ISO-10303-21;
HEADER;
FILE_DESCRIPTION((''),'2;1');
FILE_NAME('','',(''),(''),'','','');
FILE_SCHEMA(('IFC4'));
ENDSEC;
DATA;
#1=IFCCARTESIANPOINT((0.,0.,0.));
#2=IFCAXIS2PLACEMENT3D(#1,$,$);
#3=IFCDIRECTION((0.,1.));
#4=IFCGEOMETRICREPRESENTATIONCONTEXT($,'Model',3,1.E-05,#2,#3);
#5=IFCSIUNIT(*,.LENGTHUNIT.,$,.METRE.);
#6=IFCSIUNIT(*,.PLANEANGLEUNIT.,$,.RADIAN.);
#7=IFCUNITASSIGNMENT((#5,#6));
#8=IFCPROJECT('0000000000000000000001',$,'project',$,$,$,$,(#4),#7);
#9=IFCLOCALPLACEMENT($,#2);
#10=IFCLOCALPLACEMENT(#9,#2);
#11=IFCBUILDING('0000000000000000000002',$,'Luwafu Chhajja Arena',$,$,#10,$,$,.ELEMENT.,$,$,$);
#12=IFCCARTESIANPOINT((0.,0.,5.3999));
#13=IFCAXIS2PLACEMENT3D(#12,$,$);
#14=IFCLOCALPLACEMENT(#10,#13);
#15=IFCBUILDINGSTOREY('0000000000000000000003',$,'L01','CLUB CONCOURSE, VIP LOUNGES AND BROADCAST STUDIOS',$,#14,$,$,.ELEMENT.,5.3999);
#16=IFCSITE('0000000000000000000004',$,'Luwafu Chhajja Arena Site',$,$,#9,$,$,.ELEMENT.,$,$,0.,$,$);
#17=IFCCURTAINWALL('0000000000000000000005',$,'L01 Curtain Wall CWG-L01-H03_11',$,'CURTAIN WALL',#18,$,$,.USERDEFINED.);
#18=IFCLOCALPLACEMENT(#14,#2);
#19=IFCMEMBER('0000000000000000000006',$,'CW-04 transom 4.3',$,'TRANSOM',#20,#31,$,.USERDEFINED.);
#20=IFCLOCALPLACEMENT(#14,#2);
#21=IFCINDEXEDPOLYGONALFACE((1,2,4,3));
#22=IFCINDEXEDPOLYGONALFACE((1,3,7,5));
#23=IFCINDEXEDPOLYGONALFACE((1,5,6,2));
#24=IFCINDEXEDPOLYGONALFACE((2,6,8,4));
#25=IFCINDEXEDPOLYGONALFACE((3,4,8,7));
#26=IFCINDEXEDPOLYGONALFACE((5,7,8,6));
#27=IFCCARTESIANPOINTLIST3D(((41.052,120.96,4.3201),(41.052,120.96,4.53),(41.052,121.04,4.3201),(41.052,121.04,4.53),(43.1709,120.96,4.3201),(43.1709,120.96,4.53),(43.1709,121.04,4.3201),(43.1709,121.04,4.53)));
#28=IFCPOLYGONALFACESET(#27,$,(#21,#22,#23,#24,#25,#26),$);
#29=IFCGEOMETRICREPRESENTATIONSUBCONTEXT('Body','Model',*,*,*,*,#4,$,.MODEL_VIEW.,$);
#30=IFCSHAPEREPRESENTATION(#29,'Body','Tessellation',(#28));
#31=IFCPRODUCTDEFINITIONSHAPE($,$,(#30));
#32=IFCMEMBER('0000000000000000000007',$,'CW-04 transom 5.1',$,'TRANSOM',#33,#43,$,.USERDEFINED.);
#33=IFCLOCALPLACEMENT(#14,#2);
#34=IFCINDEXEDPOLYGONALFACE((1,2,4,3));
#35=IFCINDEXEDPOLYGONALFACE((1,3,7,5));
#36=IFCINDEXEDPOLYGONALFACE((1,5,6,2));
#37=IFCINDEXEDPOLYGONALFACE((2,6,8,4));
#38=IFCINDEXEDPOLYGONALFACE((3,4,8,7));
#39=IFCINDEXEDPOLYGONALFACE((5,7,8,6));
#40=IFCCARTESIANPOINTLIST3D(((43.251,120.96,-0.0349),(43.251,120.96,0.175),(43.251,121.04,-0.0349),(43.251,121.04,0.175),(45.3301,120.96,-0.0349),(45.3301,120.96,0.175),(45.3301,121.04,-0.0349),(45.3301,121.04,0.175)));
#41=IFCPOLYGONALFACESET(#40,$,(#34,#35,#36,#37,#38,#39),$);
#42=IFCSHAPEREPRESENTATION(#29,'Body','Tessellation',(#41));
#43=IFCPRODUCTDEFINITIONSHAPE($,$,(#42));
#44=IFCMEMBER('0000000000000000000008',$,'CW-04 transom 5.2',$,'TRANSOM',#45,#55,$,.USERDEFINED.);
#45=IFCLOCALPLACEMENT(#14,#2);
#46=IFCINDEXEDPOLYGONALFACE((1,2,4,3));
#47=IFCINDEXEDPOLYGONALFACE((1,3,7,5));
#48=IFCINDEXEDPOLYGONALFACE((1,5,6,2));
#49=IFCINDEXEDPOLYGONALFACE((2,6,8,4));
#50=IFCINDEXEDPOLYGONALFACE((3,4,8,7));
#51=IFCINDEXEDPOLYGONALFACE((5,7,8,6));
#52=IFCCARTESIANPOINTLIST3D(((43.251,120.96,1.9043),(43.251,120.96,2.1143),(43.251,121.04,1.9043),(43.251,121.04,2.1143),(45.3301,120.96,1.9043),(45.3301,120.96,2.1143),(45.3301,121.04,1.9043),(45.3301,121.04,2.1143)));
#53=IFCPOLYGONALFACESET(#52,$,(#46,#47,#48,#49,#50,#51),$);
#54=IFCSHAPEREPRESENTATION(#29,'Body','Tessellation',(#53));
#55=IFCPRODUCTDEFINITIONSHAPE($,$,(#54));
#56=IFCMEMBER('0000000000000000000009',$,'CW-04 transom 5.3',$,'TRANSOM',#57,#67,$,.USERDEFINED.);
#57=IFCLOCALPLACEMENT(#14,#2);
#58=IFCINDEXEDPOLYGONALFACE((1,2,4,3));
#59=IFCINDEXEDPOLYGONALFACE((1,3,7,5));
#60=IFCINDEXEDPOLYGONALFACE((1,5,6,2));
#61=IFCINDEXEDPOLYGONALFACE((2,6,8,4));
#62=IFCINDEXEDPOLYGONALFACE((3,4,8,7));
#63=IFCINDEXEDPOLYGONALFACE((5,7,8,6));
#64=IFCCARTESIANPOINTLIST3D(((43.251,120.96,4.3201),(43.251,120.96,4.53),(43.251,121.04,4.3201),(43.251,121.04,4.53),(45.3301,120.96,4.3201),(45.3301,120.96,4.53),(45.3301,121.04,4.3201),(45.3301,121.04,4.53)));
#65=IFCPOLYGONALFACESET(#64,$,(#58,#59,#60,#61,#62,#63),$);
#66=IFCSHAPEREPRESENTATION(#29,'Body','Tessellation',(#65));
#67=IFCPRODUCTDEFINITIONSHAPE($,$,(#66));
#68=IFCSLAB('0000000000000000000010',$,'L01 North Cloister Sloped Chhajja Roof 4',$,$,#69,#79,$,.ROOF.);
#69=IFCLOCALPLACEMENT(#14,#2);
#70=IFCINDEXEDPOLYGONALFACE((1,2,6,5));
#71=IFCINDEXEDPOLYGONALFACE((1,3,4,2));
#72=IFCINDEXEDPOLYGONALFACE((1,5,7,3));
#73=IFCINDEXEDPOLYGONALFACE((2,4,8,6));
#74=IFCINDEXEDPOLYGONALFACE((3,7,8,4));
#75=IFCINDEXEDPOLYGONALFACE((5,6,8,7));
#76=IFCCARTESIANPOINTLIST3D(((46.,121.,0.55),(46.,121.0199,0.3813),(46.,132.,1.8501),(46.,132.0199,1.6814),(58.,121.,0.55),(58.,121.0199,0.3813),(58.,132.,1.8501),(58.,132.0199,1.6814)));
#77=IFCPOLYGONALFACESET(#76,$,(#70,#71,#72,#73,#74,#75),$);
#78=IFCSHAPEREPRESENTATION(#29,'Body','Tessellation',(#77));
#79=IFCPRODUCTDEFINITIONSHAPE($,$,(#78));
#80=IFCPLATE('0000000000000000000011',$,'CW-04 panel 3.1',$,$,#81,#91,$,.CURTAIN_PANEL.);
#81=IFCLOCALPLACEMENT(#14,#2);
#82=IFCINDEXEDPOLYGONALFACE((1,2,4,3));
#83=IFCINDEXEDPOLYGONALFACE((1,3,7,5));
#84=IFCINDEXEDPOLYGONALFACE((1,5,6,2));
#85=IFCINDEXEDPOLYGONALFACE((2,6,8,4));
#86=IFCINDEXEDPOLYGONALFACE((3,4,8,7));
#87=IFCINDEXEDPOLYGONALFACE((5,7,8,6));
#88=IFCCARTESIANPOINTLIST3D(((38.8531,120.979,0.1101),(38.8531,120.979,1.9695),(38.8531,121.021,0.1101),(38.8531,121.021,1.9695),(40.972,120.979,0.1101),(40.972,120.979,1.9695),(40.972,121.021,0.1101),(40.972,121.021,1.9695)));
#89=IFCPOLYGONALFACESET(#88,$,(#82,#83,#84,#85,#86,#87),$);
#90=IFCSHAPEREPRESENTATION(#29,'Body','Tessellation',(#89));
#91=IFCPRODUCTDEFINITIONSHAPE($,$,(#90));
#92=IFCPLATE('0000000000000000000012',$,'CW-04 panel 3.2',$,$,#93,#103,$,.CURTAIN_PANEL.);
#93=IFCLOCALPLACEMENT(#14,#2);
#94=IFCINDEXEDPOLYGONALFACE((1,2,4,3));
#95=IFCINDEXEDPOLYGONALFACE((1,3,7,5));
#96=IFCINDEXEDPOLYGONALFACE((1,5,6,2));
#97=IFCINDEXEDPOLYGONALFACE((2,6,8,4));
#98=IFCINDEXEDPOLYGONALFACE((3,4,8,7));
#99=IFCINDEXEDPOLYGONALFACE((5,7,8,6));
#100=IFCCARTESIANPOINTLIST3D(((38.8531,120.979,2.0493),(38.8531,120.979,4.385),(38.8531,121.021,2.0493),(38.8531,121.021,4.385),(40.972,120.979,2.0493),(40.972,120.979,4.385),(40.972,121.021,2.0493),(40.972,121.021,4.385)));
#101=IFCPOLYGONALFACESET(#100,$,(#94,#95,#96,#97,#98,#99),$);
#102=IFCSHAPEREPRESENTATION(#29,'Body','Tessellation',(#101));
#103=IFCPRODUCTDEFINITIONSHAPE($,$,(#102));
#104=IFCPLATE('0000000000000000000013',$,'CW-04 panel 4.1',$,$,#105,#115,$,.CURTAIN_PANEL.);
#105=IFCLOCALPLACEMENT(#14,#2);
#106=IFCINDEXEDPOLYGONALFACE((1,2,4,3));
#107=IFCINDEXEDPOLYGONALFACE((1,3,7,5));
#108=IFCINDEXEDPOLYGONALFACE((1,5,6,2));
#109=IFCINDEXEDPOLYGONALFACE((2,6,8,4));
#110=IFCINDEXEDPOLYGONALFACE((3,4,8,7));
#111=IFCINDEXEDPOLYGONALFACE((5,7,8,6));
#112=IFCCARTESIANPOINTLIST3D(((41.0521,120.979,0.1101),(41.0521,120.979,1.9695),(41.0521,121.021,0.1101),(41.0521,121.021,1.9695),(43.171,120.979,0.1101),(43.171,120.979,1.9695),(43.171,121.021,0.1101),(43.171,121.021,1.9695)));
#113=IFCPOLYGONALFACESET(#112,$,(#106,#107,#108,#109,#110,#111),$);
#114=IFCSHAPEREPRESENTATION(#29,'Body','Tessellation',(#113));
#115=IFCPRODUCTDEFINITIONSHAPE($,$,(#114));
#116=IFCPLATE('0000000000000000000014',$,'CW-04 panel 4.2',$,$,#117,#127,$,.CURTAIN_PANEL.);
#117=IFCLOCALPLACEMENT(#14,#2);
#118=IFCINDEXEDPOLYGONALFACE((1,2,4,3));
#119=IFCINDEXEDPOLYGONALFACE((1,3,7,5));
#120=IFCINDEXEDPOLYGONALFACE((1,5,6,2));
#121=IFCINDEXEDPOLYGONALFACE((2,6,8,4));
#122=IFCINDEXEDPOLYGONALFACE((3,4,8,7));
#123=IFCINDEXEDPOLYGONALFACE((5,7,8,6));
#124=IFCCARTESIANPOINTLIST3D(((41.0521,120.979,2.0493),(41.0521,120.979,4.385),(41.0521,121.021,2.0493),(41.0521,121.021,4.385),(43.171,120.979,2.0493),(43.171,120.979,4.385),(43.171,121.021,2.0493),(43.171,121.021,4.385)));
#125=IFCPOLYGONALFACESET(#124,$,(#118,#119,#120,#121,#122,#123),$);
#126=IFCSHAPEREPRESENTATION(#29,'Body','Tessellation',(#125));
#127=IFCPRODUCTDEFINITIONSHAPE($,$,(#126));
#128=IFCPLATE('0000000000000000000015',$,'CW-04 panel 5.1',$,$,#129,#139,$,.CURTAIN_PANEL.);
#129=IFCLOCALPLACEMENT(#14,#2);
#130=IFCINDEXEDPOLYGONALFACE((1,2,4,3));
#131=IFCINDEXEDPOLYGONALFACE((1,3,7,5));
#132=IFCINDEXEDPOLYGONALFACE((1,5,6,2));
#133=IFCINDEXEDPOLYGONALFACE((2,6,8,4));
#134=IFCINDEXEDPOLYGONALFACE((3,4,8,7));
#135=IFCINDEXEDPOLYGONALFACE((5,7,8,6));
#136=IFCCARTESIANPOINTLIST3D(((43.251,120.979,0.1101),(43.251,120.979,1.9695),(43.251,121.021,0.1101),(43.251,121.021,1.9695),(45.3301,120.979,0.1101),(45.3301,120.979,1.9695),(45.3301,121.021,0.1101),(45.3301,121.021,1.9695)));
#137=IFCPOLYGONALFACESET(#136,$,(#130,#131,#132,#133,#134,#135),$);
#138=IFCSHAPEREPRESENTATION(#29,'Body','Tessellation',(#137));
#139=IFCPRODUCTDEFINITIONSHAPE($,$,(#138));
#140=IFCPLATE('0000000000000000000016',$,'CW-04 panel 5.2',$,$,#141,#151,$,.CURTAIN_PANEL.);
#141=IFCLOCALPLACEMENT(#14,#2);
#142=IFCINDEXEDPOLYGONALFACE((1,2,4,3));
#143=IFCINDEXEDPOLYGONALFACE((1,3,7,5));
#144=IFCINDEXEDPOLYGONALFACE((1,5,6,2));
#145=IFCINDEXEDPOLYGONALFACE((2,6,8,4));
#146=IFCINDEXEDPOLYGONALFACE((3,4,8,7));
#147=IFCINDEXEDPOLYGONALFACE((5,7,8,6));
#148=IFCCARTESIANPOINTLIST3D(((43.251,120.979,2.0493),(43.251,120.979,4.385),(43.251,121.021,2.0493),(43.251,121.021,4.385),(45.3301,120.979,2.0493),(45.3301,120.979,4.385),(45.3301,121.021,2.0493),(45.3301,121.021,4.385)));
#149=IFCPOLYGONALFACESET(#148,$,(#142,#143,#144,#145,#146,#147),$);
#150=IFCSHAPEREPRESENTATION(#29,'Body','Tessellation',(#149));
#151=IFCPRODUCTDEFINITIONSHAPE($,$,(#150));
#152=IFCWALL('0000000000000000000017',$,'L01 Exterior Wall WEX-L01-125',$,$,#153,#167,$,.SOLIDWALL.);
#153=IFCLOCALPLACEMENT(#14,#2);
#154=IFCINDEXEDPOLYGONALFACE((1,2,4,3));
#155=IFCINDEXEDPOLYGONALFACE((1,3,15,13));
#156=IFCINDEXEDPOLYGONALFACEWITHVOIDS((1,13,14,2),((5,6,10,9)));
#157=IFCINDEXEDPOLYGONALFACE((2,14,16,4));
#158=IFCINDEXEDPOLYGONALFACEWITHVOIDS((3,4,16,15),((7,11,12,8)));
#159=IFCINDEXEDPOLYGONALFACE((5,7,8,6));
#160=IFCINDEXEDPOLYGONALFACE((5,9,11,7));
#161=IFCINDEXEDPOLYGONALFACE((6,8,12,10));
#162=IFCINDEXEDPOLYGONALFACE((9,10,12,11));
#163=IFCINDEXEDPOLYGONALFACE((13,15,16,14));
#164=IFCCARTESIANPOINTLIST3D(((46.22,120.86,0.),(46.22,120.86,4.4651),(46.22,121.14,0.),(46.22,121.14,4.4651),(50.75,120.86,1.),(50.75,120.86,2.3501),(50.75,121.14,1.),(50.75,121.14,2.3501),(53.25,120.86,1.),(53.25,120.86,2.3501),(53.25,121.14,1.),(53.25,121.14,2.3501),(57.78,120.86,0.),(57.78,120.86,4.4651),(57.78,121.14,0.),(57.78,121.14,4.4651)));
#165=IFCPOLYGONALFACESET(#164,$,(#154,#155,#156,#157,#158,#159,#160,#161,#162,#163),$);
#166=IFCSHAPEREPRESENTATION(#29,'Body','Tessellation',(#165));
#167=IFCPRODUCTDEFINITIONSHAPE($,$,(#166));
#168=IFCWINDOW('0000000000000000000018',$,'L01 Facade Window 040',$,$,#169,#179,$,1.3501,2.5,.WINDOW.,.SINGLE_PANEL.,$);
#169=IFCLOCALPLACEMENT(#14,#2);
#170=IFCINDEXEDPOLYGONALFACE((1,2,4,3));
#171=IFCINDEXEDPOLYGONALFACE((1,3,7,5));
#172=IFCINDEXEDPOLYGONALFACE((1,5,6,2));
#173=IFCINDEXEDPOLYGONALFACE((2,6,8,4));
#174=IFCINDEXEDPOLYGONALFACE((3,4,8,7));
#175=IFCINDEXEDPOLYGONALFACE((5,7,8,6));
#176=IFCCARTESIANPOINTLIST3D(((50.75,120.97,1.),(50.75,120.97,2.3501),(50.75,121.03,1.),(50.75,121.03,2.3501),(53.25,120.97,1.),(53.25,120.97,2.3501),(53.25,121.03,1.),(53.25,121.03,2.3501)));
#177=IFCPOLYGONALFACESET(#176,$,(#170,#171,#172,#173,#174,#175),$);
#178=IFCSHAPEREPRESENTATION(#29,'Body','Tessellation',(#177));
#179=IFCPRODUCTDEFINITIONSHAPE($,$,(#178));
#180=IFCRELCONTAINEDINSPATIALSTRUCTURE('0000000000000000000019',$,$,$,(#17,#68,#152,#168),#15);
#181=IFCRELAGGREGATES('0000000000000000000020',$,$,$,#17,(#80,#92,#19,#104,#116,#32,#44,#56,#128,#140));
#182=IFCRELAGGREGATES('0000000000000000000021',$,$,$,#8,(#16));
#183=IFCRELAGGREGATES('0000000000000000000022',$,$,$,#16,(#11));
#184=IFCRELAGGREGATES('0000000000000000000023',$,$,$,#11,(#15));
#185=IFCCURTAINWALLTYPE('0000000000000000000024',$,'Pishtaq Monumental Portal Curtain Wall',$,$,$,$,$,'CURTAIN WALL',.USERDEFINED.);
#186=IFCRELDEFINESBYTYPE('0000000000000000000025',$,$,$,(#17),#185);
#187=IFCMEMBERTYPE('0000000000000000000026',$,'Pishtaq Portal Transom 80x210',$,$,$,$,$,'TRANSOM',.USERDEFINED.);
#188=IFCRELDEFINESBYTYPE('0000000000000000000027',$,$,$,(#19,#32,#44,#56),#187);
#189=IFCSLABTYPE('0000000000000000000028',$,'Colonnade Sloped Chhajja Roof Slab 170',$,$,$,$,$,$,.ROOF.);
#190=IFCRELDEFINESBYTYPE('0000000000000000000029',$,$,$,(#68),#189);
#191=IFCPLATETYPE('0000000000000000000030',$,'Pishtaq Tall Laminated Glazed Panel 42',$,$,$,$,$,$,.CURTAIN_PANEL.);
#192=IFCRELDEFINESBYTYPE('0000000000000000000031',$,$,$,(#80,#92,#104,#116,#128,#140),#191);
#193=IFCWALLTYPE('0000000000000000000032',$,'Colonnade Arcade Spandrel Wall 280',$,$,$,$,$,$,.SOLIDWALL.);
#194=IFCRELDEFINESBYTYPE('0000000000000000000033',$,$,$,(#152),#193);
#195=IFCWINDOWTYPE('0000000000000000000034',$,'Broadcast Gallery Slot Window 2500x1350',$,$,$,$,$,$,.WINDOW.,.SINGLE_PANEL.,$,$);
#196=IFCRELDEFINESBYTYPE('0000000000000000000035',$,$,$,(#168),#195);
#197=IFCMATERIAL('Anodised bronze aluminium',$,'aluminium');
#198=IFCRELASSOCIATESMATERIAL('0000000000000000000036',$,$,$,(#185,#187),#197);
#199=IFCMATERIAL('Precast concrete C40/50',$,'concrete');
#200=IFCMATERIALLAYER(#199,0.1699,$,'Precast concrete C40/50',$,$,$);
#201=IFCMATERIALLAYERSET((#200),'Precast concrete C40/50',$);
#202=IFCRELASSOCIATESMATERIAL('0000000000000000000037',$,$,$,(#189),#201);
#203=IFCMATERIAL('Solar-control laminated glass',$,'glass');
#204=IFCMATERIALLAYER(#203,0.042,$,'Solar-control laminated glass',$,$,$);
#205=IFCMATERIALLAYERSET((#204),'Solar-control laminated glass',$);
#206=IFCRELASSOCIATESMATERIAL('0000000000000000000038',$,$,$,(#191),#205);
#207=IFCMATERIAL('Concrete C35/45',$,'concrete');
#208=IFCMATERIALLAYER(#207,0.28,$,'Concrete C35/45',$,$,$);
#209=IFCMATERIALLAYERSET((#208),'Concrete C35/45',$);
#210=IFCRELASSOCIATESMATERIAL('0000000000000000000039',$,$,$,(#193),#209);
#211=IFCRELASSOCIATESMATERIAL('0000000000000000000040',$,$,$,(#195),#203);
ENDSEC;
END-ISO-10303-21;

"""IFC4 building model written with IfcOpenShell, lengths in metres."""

from ifc_helpers import new_model, si_unit, direction, frame, frame_2d, origin, origin_2d, place, context, subcontext, project, spatial, polyline, rectangle, outline, extrude, material, layer, layer_set, material_profile, profile_set, type_object, element, fill, aggregate, save


model = new_model("IFC4")

# Units and contexts
model_context = context("Model", 3, precision=1e-05, world=origin(), true_north=direction((0.0, 1.0)))
body_context = subcontext(model_context, "Body", "Model", "MODEL_VIEW")
ifc_project = project(units=[si_unit("LENGTHUNIT", "METRE"), si_unit("PLANEANGLEUNIT", "RADIAN")], contexts=[model_context])

# Site, building, storey
site_placement = place(None, origin())
site = spatial("IfcSite", under=ifc_project, at=site_placement, Name="Luwafu Chhajja Arena Site", CompositionType="ELEMENT", RefElevation=0.0)
building_placement = place(site_placement, origin())
building = spatial("IfcBuilding", under=site, at=building_placement, Name="Luwafu Chhajja Arena", CompositionType="ELEMENT")
storey_placement = place(building_placement, frame((0.0, 0.0, 5.3999)))
storey = spatial("IfcBuildingStorey", under=building, at=storey_placement, Name="L01", Description="CLUB CONCOURSE, VIP LOUNGES AND BROADCAST STUDIOS", CompositionType="ELEMENT", Elevation=5.3999)

# Curtain wall, members
ifc_material_1 = material(Name="Anodised bronze aluminium", Category="aluminium")
curtain_wall_type = type_object("IfcCurtainWallType", Name="Pishtaq Monumental Portal Curtain Wall", ElementType="CURTAIN WALL", PredefinedType="USERDEFINED", material=ifc_material_1)
curtain_wall_placement = place(storey_placement, origin())
curtain_wall = element("IfcCurtainWall", 1, at=curtain_wall_placement, inside=storey, type_object=curtain_wall_type, Name="L01 Curtain Wall CWG-L01-H03_11", ObjectType="CURTAIN WALL", PredefinedType="USERDEFINED")
ifc_material_profile_1 = material_profile(ifc_material_1, rectangle(XDim=0.0801, YDim=0.21, at=origin_2d()), Name="CWT 80x210")
ifc_profile_set_1 = profile_set([ifc_material_profile_1], Name="Anodised bronze aluminium")
member_type_1 = type_object("IfcMemberType", Name="Pishtaq Portal Transom 80x210", ElementType="TRANSOM", PredefinedType="USERDEFINED", material=ifc_profile_set_1)
member_1_placement = place(storey_placement, frame((41.052, 121.0, 4.425), z_axis=(1.0, 0.0, 0.0), x_axis=(0.0, 1.0, 0.0)))
member_1 = element("IfcMember", 2, at=member_1_placement, type_object=member_type_1, Name="CW-04 transom 4.3", ObjectType="TRANSOM", PredefinedType="USERDEFINED", context=body_context, shape_type="SweptSolid", body=[
    extrude(rectangle(XDim=0.0801, YDim=0.21, at=origin_2d()), origin(), (0.0, 0.0, 1.0), 2.1189),
])
member_2_placement = place(storey_placement, frame((43.251, 121.0, 0.0701), z_axis=(1.0, 0.0, 0.0), x_axis=(0.0, 1.0, 0.0)))
member_2 = element("IfcMember", 3, at=member_2_placement, type_object=member_type_1, Name="CW-04 transom 5.1", ObjectType="TRANSOM", PredefinedType="USERDEFINED", context=body_context, shape_type="SweptSolid", body=[
    extrude(rectangle(XDim=0.0801, YDim=0.21, at=origin_2d()), origin(), (0.0, 0.0, 1.0), 2.0791),
])
member_3_placement = place(storey_placement, frame((43.251, 121.0, 2.0093), z_axis=(1.0, 0.0, 0.0), x_axis=(0.0, 1.0, 0.0)))
member_3 = element("IfcMember", 4, at=member_3_placement, type_object=member_type_1, Name="CW-04 transom 5.2", ObjectType="TRANSOM", PredefinedType="USERDEFINED", context=body_context, shape_type="SweptSolid", body=[
    extrude(rectangle(XDim=0.0801, YDim=0.21, at=origin_2d()), origin(), (0.0, 0.0, 1.0), 2.0791),
])
member_4_placement = place(storey_placement, frame((43.251, 121.0, 4.425), z_axis=(1.0, 0.0, 0.0), x_axis=(0.0, 1.0, 0.0)))
member_4 = element("IfcMember", 5, at=member_4_placement, type_object=member_type_1, Name="CW-04 transom 5.3", ObjectType="TRANSOM", PredefinedType="USERDEFINED", context=body_context, shape_type="SweptSolid", body=[
    extrude(rectangle(XDim=0.0801, YDim=0.21, at=origin_2d()), origin(), (0.0, 0.0, 1.0), 2.0791),
])

# Slab
ifc_material_2 = material(Name="Precast concrete C40/50", Category="concrete")
ifc_layer_1 = layer(ifc_material_2, 0.1699, Name="Precast concrete C40/50")
ifc_layer_set_1 = layer_set([ifc_layer_1], Name="Precast concrete C40/50")
slab_type = type_object("IfcSlabType", Name="Colonnade Sloped Chhajja Roof Slab 170", PredefinedType="ROOF", material=ifc_layer_set_1)
slab_placement = place(storey_placement, frame((46.0, 121.0, 0.55), z_axis=(0.0, -0.117369, 0.993088), x_axis=(0.0, 0.993088, 0.117369)))
element("IfcSlab", 6, at=slab_placement, inside=storey, type_object=slab_type, Name="L01 North Cloister Sloped Chhajja Roof 4", PredefinedType="ROOF", context=body_context, shape_type="SweptSolid", body=[
    extrude(outline(polyline([(0.0, 0.0), (11.0766, 0.0), (11.0766, -12.0), (0.0, -12.0), (0.0, 0.0)])), origin(), (0.0, 0.0, -1.0), 0.1699),
])

# Plates
ifc_material_3 = material(Name="Solar-control laminated glass", Category="glass")
ifc_layer_2 = layer(ifc_material_3, 0.042, Name="Solar-control laminated glass")
ifc_layer_set_2 = layer_set([ifc_layer_2], Name="Solar-control laminated glass")
plate_type = type_object("IfcPlateType", Name="Pishtaq Tall Laminated Glazed Panel 42", PredefinedType="CURTAIN_PANEL", material=ifc_layer_set_2)
plate_1_placement = place(storey_placement, frame((39.9126, 121.0, 0.1101), z_axis=(0.0, 0.0, 1.0), x_axis=(1.0, 0.0, 0.0)))
plate_1 = element("IfcPlate", 7, at=plate_1_placement, type_object=plate_type, Name="CW-04 panel 3.1", PredefinedType="CURTAIN_PANEL", context=body_context, shape_type="SweptSolid", body=[
    extrude(rectangle(XDim=2.1189, YDim=0.042, at=origin_2d()), origin(), (0.0, 0.0, 1.0), 1.8594),
])
plate_2_placement = place(storey_placement, frame((39.9126, 121.0, 2.0493), z_axis=(0.0, 0.0, 1.0), x_axis=(1.0, 0.0, 0.0)))
plate_2 = element("IfcPlate", 8, at=plate_2_placement, type_object=plate_type, Name="CW-04 panel 3.2", PredefinedType="CURTAIN_PANEL", context=body_context, shape_type="SweptSolid", body=[
    extrude(rectangle(XDim=2.1189, YDim=0.042, at=origin_2d()), origin(), (0.0, 0.0, 1.0), 2.3357),
])
plate_3_placement = place(storey_placement, frame((42.1116, 121.0, 0.1101), z_axis=(0.0, 0.0, 1.0), x_axis=(1.0, 0.0, 0.0)))
plate_3 = element("IfcPlate", 9, at=plate_3_placement, type_object=plate_type, Name="CW-04 panel 4.1", PredefinedType="CURTAIN_PANEL", context=body_context, shape_type="SweptSolid", body=[
    extrude(rectangle(XDim=2.1189, YDim=0.042, at=origin_2d()), origin(), (0.0, 0.0, 1.0), 1.8594),
])
plate_4_placement = place(storey_placement, frame((42.1116, 121.0, 2.0493), z_axis=(0.0, 0.0, 1.0), x_axis=(1.0, 0.0, 0.0)))
plate_4 = element("IfcPlate", 10, at=plate_4_placement, type_object=plate_type, Name="CW-04 panel 4.2", PredefinedType="CURTAIN_PANEL", context=body_context, shape_type="SweptSolid", body=[
    extrude(rectangle(XDim=2.1189, YDim=0.042, at=origin_2d()), origin(), (0.0, 0.0, 1.0), 2.3357),
])
plate_5_placement = place(storey_placement, frame((44.2905, 121.0, 0.1101), z_axis=(0.0, 0.0, 1.0), x_axis=(1.0, 0.0, 0.0)))
plate_5 = element("IfcPlate", 11, at=plate_5_placement, type_object=plate_type, Name="CW-04 panel 5.1", PredefinedType="CURTAIN_PANEL", context=body_context, shape_type="SweptSolid", body=[
    extrude(rectangle(XDim=2.0791, YDim=0.042, at=origin_2d()), origin(), (0.0, 0.0, 1.0), 1.8594),
])
plate_6_placement = place(storey_placement, frame((44.2905, 121.0, 2.0493), z_axis=(0.0, 0.0, 1.0), x_axis=(1.0, 0.0, 0.0)))
plate_6 = element("IfcPlate", 12, at=plate_6_placement, type_object=plate_type, Name="CW-04 panel 5.2", PredefinedType="CURTAIN_PANEL", context=body_context, shape_type="SweptSolid", body=[
    extrude(rectangle(XDim=2.0791, YDim=0.042, at=origin_2d()), origin(), (0.0, 0.0, 1.0), 2.3357),
])
aggregate(curtain_wall, [plate_1, plate_2, member_1, plate_3, plate_4, member_2, member_3, member_4, plate_5, plate_6])

# Wall, opening, window
ifc_material_4 = material(Name="Concrete C35/45", Category="concrete")
ifc_layer_3 = layer(ifc_material_4, 0.28, Name="Concrete C35/45")
ifc_layer_set_3 = layer_set([ifc_layer_3], Name="Concrete C35/45")
wall_type = type_object("IfcWallType", Name="Colonnade Arcade Spandrel Wall 280", PredefinedType="SOLIDWALL", material=ifc_layer_set_3)
wall_placement = place(storey_placement, frame((46.22, 121.0, 0.0), z_axis=(0.0, 0.0, 1.0), x_axis=(1.0, 0.0, 0.0)))
wall = element("IfcWall", 13, at=wall_placement, inside=storey, type_object=wall_type, Name="L01 Exterior Wall WEX-L01-125", PredefinedType="SOLIDWALL", context=body_context, shape_type="SweptSolid", body=[
    extrude(rectangle(XDim=11.5601, YDim=0.28, at=frame_2d((5.78, 0.0))), origin(), (0.0, 0.0, 1.0), 4.4651),
])
opening_placement = place(wall_placement, frame((4.53, 0.0, 1.0)))
opening = element("IfcOpeningElement", 14, at=opening_placement, cuts=wall, PredefinedType="OPENING", context=body_context, shape_type="SweptSolid", body=[
    extrude(rectangle(XDim=2.5, YDim=1.3501, at=frame_2d((1.25, 0.675))), frame((0.0, 0.1499, 0.0), z_axis=(0.0, -1.0, 0.0), x_axis=(1.0, 0.0, 0.0)), (0.0, 0.0, 1.0), 0.3),
])
window_type = type_object("IfcWindowType", Name="Broadcast Gallery Slot Window 2500x1350", PartitioningType="SINGLE_PANEL", PredefinedType="WINDOW", material=ifc_material_3)
window_placement = place(opening_placement, origin())
window = element("IfcWindow", 15, at=window_placement, inside=storey, type_object=window_type, Name="L01 Facade Window 040", OverallHeight=1.3501, OverallWidth=2.5, PartitioningType="SINGLE_PANEL", PredefinedType="WINDOW", context=body_context, shape_type="SweptSolid", body=[
    extrude(rectangle(XDim=2.5, YDim=1.3501, at=frame_2d((1.25, 0.675))), frame((0.0, 0.03, 0.0), z_axis=(0.0, -1.0, 0.0), x_axis=(1.0, 0.0, 0.0)), (0.0, 0.0, 1.0), 0.0601),
])
fill(opening, window)

save(model, "model.ifc")
